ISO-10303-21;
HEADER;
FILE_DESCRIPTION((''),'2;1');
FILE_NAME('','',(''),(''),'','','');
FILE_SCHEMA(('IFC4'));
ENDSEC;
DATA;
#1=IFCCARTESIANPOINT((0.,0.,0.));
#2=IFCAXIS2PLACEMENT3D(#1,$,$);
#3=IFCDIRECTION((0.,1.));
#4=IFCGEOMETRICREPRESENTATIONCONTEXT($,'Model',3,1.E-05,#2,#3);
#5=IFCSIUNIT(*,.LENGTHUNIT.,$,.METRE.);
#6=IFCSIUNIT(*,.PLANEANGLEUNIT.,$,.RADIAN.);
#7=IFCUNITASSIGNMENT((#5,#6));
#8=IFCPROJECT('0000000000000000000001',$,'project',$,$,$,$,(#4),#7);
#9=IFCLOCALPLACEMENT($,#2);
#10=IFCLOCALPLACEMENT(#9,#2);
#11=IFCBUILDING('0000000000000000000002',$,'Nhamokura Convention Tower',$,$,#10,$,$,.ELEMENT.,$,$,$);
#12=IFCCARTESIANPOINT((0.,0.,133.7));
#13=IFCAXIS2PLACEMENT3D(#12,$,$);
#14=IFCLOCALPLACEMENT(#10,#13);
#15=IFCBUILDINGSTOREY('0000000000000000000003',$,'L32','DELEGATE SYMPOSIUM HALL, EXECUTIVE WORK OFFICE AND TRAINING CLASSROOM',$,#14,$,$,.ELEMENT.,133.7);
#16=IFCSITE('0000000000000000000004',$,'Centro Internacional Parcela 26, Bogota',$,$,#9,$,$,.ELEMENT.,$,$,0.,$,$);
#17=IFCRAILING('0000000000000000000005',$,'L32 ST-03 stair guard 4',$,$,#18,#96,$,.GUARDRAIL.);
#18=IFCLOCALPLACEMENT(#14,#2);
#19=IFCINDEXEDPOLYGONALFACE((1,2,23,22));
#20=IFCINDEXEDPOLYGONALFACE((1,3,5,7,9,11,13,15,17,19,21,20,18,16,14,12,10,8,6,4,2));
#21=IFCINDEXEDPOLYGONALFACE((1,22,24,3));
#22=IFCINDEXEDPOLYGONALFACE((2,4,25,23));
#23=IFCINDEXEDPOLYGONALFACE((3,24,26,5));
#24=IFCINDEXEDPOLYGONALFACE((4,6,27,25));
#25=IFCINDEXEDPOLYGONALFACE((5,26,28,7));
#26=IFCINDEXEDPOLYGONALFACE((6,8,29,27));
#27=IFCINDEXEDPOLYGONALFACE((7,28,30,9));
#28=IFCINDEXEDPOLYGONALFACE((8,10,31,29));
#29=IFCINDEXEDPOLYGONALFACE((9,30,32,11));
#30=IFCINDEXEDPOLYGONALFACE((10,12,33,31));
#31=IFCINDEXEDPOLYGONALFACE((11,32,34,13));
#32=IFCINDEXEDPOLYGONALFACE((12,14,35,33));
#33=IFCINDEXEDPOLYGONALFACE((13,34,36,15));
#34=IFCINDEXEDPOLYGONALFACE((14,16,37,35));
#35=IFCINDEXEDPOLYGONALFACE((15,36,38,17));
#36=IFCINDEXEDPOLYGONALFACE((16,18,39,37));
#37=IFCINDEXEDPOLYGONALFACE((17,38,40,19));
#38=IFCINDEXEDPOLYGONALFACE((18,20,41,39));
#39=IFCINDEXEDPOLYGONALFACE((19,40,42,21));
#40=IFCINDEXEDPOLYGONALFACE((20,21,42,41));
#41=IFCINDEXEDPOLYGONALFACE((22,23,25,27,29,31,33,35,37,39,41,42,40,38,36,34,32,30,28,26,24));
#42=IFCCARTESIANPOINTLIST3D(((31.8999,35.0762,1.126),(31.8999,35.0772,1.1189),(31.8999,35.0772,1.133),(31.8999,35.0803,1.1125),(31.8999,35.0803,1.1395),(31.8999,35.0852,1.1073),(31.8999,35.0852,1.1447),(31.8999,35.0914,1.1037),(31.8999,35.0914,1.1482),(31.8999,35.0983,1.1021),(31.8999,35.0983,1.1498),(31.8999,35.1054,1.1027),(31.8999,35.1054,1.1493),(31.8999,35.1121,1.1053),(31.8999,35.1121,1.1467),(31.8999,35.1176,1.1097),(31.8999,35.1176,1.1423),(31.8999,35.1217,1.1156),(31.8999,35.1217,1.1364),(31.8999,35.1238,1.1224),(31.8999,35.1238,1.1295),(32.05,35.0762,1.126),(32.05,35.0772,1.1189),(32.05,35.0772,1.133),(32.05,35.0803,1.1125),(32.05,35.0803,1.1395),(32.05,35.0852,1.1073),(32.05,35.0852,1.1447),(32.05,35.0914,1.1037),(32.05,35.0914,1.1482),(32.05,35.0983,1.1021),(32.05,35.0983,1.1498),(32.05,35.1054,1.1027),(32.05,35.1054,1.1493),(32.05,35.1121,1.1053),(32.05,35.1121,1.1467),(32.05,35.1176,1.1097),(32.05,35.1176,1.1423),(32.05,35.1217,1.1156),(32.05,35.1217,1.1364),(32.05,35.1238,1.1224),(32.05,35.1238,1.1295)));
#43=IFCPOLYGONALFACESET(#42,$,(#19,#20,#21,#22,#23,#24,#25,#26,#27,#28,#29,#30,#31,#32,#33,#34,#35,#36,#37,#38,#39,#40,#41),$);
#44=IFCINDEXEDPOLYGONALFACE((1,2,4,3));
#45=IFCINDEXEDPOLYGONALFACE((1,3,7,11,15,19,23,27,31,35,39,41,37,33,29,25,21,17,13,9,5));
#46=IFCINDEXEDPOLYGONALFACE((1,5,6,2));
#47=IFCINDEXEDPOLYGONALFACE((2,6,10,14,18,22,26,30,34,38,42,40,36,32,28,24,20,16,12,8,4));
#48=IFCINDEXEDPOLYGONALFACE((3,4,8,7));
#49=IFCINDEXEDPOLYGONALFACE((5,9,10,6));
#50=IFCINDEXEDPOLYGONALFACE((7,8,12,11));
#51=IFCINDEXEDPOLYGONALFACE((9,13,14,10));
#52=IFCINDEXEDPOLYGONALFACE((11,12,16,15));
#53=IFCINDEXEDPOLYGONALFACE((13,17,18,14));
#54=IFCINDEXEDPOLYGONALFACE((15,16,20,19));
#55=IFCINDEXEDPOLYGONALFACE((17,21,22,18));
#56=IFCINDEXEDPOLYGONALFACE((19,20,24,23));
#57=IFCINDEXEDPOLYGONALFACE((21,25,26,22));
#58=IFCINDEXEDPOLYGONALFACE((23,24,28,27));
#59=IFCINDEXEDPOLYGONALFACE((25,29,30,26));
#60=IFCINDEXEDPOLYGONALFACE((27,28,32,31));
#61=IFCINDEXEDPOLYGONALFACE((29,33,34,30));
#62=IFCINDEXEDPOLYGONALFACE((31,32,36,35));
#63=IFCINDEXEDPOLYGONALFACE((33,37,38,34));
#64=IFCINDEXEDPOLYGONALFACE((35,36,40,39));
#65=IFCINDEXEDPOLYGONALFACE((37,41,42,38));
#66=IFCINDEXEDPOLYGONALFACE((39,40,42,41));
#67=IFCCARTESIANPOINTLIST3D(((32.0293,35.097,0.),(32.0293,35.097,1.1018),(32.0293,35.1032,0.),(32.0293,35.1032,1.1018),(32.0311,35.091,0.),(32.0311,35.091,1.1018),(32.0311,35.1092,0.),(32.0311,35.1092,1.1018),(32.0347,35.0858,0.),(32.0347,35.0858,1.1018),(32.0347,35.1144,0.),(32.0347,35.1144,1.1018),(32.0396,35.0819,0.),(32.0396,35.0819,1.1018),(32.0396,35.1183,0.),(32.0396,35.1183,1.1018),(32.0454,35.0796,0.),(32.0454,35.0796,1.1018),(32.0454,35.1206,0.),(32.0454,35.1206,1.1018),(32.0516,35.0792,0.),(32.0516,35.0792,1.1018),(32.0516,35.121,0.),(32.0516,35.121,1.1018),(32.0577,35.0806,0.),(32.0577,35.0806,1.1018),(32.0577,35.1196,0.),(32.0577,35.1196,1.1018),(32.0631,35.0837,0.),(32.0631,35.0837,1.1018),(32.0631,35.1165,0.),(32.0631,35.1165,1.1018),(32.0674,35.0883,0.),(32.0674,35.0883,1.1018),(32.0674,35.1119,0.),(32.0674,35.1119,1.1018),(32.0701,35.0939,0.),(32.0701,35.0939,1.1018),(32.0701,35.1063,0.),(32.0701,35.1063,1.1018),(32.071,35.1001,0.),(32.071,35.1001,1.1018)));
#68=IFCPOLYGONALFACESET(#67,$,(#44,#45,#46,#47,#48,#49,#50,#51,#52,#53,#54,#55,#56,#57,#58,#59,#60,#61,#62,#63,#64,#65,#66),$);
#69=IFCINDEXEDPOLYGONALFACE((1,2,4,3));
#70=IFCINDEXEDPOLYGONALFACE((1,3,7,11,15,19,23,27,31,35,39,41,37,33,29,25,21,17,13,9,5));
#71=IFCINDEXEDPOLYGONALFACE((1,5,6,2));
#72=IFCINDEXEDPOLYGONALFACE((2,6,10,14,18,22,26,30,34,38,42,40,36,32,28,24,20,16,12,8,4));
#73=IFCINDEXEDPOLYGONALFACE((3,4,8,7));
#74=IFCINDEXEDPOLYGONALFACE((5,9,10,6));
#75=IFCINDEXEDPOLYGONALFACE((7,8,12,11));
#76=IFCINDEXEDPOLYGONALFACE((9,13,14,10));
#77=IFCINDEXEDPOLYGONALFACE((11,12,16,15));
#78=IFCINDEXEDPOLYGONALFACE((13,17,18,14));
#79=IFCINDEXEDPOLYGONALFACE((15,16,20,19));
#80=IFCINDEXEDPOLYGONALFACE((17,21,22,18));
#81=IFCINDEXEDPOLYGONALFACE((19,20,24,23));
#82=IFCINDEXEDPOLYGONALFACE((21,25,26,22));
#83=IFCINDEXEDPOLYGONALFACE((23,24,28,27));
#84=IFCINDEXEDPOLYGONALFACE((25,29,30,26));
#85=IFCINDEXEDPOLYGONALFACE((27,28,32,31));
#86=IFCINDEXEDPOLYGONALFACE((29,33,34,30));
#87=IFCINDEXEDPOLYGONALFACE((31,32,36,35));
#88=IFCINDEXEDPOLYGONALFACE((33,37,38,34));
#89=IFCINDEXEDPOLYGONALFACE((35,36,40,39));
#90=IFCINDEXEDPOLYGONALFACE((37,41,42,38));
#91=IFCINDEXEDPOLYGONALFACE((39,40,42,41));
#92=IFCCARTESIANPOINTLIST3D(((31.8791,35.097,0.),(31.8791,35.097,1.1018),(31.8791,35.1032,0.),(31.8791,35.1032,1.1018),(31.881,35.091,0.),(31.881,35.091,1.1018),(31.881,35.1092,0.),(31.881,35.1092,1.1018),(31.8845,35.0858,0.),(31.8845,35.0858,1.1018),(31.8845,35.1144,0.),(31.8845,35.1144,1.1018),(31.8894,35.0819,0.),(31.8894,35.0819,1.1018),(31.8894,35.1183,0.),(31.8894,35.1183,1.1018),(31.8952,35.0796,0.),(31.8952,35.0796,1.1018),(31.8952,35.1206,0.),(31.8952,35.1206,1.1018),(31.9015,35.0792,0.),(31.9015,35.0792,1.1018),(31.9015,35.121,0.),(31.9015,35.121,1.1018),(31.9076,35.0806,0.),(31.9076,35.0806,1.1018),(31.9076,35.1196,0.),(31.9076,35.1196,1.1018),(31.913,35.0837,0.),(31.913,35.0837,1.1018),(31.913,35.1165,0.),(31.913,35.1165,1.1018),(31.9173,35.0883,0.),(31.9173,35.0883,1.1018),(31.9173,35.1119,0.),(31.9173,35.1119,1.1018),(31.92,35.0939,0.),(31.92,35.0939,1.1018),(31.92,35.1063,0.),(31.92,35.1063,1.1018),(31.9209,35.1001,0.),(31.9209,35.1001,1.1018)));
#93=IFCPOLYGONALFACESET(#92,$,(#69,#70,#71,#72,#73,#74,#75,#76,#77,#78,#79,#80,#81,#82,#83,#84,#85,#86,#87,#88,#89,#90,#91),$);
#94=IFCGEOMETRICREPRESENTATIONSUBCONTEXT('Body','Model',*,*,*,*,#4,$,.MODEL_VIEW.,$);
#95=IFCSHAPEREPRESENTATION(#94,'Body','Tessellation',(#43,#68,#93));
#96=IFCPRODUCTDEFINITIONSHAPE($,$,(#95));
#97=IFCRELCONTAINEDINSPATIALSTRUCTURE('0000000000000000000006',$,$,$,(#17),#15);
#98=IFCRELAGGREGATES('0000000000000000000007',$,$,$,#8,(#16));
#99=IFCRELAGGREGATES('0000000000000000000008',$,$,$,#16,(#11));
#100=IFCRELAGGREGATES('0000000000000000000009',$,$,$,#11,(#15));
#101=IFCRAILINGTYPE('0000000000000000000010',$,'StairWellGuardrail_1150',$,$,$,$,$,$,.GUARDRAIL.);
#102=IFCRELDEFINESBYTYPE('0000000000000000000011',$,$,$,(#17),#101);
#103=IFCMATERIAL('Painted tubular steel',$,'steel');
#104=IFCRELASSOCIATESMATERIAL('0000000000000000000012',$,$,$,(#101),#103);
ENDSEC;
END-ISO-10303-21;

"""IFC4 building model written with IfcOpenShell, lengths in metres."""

from ifc_helpers import new_model, si_unit, direction, frame, origin, origin_2d, place, context, subcontext, project, spatial, circle, extrude, material, type_object, element, save


model = new_model("IFC4")

# Units and contexts
model_context = context("Model", 3, precision=1e-05, world=origin(), true_north=direction((0.0, 1.0)))
body_context = subcontext(model_context, "Body", "Model", "MODEL_VIEW")
ifc_project = project(units=[si_unit("LENGTHUNIT", "METRE"), si_unit("PLANEANGLEUNIT", "RADIAN")], contexts=[model_context])

# Site, building, storey
site_placement = place(None, origin())
site = spatial("IfcSite", under=ifc_project, at=site_placement, Name="Centro Internacional Parcela 26, Bogota", CompositionType="ELEMENT", RefElevation=0.0)
building_placement = place(site_placement, origin())
building = spatial("IfcBuilding", under=site, at=building_placement, Name="Nhamokura Convention Tower", CompositionType="ELEMENT")
storey_placement = place(building_placement, frame((0.0, 0.0, 133.7)))
storey = spatial("IfcBuildingStorey", under=building, at=storey_placement, Name="L32", Description="DELEGATE SYMPOSIUM HALL, EXECUTIVE WORK OFFICE AND TRAINING CLASSROOM", CompositionType="ELEMENT", Elevation=133.7)

# Railing
ifc_material_1 = material(Name="Painted tubular steel", Category="steel")
railing_type_1 = type_object("IfcRailingType", Name="StairWellGuardrail_1150", PredefinedType="GUARDRAIL", material=ifc_material_1)
railing_1_placement = place(storey_placement, frame((32.05, 35.1001, 0.0)))
element("IfcRailing", 1, at=railing_1_placement, inside=storey, type_object=railing_type_1, Name="L32 ST-03 stair guard 4", PredefinedType="GUARDRAIL", context=body_context, shape_type="SweptSolid", body=[
    extrude(circle(Radius=0.0239, at=origin_2d()), frame((0.0, 0.0, 1.126), z_axis=(-1.0, 0.0, 0.0), x_axis=(0.0, -1.0, 0.0)), (0.0, 0.0, 1.0), 0.1501),
    extrude(circle(Radius=0.021, at=origin_2d()), origin(), (0.0, 0.0, 1.0), 1.1018),
    extrude(circle(Radius=0.021, at=origin_2d()), frame((-0.1501, 0.0, 0.0)), (0.0, 0.0, 1.0), 1.1018),
])

save(model, "model.ifc")
